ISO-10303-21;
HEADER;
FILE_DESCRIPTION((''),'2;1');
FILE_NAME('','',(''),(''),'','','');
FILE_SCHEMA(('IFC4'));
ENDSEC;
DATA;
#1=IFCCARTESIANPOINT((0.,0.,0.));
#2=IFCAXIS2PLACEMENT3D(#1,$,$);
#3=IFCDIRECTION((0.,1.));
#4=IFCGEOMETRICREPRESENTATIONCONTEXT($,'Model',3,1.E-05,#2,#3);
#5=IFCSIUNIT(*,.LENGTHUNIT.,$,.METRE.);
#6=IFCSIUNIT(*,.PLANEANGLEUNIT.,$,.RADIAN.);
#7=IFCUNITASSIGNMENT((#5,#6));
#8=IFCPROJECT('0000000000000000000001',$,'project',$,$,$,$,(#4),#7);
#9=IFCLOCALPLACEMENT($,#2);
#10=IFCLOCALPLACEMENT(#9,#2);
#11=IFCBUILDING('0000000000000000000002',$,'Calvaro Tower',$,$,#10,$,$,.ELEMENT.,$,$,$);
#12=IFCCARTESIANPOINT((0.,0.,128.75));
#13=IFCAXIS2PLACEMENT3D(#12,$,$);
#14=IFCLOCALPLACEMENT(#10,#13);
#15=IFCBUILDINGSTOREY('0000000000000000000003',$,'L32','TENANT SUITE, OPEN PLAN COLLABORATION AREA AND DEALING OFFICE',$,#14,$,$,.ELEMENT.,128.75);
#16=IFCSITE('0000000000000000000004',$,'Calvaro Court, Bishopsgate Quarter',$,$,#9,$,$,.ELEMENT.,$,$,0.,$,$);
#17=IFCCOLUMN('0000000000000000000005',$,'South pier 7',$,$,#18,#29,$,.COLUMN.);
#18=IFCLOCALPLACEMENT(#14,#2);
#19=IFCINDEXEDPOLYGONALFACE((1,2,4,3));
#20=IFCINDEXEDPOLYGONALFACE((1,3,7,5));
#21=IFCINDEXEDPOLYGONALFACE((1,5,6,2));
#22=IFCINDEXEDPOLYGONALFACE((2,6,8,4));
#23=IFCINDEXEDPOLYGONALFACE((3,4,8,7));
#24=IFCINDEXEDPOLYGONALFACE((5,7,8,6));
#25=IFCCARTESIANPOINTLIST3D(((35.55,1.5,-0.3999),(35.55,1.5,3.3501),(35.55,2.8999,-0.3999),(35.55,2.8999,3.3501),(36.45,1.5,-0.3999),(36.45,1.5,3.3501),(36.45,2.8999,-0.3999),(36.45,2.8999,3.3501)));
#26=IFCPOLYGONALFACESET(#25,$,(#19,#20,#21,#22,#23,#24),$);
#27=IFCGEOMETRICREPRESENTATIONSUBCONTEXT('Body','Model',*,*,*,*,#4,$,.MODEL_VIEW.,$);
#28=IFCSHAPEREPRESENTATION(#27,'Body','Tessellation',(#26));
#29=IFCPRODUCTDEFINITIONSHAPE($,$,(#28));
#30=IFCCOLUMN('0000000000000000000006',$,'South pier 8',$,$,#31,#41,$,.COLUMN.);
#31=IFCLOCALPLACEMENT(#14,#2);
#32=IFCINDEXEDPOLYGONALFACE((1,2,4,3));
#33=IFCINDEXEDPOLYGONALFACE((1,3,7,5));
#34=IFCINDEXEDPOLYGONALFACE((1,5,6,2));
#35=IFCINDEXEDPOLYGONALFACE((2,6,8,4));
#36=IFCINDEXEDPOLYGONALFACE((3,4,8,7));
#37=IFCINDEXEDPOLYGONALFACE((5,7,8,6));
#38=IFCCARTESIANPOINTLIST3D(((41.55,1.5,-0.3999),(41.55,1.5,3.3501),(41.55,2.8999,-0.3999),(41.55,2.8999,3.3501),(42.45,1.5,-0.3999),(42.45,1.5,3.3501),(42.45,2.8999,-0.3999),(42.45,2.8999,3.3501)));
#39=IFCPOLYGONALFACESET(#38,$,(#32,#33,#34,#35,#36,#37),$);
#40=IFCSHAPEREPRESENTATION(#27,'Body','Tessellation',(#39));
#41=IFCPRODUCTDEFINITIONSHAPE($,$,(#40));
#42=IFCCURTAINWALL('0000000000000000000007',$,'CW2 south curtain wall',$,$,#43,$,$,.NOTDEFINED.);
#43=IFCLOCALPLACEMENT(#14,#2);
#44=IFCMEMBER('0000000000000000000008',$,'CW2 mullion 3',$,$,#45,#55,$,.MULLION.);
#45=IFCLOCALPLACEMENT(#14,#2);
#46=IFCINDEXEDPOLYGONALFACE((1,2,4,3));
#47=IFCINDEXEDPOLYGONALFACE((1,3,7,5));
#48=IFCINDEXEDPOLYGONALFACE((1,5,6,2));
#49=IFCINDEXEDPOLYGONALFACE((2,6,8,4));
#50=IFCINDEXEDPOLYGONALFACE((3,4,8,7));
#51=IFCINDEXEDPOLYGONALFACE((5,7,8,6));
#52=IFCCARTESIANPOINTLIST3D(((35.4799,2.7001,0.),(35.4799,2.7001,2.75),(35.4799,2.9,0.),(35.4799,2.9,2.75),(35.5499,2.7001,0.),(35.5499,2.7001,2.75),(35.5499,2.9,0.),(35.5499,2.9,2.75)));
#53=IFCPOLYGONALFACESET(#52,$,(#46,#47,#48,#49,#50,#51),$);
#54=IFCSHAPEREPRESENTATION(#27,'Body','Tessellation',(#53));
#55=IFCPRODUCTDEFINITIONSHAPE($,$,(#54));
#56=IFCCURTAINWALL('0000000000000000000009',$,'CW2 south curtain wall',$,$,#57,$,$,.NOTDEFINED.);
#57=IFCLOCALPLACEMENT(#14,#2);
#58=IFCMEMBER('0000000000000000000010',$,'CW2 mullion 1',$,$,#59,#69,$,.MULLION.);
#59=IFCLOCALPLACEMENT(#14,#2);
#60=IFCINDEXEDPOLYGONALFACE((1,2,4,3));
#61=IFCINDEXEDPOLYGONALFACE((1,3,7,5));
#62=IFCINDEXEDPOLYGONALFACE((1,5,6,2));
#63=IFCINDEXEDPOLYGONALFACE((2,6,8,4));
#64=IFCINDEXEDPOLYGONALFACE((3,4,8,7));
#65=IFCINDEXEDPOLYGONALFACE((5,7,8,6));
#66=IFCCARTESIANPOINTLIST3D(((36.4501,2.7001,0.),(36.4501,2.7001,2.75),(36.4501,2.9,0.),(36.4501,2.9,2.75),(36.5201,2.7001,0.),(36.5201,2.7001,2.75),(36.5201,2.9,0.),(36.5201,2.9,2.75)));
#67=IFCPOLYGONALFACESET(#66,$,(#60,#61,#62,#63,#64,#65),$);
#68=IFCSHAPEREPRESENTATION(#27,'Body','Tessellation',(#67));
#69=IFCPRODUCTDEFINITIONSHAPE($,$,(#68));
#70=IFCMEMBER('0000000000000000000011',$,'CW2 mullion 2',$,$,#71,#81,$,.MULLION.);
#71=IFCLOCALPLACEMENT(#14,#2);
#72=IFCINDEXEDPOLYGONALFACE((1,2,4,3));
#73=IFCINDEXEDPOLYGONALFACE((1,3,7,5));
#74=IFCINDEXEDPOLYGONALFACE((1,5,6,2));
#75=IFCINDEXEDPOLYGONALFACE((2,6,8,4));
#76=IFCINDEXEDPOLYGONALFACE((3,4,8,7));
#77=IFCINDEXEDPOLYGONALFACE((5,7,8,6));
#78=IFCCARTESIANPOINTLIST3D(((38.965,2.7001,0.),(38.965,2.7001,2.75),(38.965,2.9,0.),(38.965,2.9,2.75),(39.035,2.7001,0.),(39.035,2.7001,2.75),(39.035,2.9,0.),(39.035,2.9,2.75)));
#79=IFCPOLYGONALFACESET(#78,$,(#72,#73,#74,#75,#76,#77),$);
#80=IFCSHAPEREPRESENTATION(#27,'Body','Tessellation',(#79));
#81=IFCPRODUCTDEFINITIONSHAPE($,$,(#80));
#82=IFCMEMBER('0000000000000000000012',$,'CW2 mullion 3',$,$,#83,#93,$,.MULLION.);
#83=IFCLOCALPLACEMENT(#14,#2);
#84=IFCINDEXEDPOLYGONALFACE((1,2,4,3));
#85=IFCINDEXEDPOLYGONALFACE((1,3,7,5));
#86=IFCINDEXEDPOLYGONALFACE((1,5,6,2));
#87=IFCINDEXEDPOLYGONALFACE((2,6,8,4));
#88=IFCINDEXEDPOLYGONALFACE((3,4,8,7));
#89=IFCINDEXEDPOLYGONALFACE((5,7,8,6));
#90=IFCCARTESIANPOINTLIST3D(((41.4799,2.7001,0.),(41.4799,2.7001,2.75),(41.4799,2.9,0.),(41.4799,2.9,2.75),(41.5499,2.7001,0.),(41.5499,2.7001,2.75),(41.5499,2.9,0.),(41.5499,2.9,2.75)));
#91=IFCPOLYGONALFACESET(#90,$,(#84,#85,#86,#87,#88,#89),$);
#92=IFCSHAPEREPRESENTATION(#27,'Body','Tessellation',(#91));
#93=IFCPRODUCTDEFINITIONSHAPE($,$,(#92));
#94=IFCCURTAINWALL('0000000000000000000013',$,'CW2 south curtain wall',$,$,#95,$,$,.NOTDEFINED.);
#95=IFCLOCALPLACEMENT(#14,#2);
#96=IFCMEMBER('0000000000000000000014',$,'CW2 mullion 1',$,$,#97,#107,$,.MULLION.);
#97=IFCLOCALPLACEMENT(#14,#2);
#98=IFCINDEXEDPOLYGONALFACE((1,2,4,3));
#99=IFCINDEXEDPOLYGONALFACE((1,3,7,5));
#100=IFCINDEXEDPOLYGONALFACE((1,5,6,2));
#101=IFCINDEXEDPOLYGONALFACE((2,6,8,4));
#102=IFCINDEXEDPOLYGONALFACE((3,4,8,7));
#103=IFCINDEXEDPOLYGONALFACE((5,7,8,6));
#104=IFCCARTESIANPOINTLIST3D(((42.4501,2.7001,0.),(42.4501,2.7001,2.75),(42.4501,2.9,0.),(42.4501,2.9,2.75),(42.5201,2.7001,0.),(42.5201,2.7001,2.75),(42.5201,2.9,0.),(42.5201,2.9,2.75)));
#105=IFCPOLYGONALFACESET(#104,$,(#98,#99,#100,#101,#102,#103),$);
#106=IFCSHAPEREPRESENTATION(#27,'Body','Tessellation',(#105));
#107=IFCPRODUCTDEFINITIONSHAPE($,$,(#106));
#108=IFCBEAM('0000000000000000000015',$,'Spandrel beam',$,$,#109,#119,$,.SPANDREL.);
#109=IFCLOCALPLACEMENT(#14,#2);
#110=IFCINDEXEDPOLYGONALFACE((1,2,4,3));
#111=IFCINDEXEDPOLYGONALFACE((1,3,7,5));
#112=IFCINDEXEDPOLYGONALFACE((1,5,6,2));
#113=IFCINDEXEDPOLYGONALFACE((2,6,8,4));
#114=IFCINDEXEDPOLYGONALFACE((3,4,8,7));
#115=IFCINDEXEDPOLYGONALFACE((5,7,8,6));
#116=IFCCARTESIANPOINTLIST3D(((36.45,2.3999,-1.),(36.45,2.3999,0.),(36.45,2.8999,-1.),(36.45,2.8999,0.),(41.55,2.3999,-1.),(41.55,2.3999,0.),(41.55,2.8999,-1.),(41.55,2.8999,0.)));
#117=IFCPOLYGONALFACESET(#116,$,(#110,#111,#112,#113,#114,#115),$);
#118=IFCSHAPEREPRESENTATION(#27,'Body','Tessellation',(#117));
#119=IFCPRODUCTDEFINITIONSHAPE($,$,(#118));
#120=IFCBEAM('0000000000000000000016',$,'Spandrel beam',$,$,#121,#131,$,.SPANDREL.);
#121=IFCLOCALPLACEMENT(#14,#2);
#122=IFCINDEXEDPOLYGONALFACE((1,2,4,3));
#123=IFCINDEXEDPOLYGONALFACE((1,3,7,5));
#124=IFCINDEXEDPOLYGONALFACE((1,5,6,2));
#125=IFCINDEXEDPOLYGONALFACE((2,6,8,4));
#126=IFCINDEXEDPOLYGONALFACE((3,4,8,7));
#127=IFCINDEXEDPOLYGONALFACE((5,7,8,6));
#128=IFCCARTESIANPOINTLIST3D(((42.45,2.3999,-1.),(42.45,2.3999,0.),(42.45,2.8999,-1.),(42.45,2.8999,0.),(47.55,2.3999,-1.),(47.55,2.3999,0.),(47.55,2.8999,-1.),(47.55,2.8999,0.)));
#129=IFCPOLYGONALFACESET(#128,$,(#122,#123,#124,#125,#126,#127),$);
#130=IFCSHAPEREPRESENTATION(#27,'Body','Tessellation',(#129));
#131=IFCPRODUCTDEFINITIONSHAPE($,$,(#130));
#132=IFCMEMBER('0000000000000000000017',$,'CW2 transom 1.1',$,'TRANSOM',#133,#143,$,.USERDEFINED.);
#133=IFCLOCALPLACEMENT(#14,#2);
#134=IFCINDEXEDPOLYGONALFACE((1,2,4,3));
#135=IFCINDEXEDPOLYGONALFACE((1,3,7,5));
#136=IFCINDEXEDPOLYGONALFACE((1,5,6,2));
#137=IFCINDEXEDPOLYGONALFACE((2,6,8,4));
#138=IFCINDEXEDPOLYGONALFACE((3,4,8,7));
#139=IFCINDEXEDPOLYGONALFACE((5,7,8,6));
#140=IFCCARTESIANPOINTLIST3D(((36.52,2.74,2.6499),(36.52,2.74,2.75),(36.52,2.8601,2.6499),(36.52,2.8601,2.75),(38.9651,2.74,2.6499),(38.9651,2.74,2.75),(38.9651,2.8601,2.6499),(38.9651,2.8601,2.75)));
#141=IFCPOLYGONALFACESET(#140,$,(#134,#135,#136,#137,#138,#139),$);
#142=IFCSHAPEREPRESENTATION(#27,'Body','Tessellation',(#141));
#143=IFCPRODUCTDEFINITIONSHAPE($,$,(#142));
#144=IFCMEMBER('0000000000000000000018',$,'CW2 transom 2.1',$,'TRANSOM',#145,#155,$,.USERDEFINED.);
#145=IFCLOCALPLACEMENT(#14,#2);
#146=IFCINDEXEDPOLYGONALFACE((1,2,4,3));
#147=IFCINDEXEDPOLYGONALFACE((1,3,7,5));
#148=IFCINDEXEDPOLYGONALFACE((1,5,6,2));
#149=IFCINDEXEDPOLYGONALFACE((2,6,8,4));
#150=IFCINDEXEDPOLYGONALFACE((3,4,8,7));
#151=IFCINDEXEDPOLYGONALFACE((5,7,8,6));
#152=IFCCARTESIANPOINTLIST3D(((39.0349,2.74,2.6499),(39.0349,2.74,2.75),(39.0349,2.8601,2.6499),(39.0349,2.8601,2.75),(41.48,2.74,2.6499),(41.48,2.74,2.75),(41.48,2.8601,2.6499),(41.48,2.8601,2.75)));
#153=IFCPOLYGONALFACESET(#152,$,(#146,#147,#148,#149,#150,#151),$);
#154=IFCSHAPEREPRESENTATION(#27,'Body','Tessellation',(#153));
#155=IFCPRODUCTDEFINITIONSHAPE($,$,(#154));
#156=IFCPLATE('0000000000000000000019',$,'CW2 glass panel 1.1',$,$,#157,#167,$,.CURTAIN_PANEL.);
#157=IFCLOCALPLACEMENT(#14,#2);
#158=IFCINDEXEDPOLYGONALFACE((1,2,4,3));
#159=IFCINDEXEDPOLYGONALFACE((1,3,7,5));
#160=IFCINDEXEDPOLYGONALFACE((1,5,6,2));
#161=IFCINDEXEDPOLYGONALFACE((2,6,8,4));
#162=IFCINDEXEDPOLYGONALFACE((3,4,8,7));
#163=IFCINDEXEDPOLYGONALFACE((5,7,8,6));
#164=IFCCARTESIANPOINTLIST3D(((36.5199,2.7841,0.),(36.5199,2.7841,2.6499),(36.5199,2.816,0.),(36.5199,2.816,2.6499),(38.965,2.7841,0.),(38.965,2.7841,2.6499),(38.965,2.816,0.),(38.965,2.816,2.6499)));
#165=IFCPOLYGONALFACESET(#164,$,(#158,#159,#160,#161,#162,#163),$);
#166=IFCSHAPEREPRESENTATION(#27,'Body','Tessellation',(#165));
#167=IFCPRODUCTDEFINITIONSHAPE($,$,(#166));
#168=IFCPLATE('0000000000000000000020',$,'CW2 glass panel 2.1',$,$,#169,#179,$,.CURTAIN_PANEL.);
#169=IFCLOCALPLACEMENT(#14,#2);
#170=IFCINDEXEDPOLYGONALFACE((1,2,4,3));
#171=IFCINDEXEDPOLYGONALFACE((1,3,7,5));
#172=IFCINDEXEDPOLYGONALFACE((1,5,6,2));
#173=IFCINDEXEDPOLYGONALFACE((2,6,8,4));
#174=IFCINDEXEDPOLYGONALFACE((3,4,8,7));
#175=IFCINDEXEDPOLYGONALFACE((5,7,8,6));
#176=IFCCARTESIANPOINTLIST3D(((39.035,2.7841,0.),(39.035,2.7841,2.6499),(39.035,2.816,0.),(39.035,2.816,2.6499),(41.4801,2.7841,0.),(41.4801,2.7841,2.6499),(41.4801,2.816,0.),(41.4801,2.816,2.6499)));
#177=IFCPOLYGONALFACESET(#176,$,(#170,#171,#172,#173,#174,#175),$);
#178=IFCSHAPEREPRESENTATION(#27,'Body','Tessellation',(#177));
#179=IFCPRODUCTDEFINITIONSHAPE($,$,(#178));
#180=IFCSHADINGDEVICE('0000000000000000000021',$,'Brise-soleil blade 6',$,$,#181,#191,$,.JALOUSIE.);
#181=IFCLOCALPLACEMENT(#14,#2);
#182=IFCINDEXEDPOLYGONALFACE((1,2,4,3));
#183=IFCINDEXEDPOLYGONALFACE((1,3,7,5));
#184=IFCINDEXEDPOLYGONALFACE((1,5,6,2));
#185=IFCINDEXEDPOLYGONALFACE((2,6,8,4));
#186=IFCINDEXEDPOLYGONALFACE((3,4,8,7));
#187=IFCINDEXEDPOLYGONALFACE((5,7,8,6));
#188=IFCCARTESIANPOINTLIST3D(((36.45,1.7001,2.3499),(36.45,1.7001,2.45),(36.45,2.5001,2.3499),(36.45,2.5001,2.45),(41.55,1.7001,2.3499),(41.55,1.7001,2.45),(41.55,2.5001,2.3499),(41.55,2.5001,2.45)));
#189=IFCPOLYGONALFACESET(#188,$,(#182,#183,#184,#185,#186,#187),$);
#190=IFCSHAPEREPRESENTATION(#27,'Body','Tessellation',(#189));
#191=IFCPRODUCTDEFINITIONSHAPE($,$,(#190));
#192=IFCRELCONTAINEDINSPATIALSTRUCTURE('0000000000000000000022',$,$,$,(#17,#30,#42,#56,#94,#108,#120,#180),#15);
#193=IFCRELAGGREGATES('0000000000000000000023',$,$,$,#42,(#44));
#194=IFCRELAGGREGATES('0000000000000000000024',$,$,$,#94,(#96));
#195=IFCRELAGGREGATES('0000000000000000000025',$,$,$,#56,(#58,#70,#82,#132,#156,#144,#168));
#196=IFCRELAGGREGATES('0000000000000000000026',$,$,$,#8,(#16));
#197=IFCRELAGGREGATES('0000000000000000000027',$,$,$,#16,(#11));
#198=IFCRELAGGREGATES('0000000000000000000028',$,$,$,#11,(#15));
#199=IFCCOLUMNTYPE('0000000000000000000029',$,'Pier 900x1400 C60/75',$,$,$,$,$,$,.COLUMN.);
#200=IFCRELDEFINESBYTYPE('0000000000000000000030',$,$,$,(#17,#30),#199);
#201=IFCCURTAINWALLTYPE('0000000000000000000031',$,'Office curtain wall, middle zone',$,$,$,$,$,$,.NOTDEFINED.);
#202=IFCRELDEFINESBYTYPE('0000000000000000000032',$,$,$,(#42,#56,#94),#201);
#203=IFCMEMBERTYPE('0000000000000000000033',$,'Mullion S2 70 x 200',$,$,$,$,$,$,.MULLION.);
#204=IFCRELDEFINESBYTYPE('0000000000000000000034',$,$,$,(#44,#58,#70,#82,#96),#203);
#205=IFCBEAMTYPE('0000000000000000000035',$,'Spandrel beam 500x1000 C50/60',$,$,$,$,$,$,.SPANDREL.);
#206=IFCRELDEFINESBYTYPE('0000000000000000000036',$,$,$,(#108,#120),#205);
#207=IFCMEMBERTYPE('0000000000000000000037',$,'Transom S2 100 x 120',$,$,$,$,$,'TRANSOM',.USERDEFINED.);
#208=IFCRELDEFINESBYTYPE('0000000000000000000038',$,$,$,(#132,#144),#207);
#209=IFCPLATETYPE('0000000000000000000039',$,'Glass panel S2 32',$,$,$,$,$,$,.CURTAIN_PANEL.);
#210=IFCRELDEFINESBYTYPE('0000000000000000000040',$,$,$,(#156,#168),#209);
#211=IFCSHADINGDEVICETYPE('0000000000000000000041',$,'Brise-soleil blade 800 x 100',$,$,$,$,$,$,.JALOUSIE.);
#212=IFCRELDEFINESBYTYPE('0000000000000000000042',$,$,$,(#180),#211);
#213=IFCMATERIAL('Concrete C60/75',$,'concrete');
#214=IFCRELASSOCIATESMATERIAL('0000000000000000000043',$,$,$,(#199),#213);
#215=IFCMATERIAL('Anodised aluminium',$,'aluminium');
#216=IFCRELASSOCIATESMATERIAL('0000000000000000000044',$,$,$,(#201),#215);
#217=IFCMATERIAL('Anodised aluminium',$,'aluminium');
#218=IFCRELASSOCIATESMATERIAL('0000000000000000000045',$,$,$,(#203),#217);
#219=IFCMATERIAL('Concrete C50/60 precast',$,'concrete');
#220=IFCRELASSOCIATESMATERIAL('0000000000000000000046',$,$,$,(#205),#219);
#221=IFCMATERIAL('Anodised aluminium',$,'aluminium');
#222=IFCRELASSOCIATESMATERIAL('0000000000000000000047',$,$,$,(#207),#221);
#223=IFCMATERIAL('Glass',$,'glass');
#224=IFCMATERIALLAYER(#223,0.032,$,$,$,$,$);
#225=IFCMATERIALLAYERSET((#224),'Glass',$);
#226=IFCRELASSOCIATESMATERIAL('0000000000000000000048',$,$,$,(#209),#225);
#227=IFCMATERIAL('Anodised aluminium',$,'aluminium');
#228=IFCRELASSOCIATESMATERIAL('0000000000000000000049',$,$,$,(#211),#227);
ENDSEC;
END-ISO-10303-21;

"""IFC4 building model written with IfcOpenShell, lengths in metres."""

from ifc_helpers import new_model, si_unit, direction, frame, origin, origin_2d, place, context, subcontext, project, spatial, rectangle, extrude, material, layer, layer_set, material_profile, profile_set, type_object, element, aggregate, save


model = new_model("IFC4")

# Units and contexts
model_context = context("Model", 3, precision=1e-05, world=origin(), true_north=direction((0.0, 1.0)))
body_context = subcontext(model_context, "Body", "Model", "MODEL_VIEW")
ifc_project = project(units=[si_unit("LENGTHUNIT", "METRE"), si_unit("PLANEANGLEUNIT", "RADIAN")], contexts=[model_context])

# Site, building, storey
site_placement = place(None, origin())
site = spatial("IfcSite", under=ifc_project, at=site_placement, Name="Calvaro Court, Bishopsgate Quarter", CompositionType="ELEMENT", RefElevation=0.0)
building_placement = place(site_placement, origin())
building = spatial("IfcBuilding", under=site, at=building_placement, Name="Calvaro Tower", CompositionType="ELEMENT")
storey_placement = place(building_placement, frame((0.0, 0.0, 128.75)))
storey = spatial("IfcBuildingStorey", under=building, at=storey_placement, Name="L32", Description="TENANT SUITE, OPEN PLAN COLLABORATION AREA AND DEALING OFFICE", CompositionType="ELEMENT", Elevation=128.75)

# Columns
ifc_material_1 = material(Name="Concrete C60/75", Category="concrete")
ifc_material_profile_1 = material_profile(ifc_material_1, rectangle(XDim=0.8999, YDim=1.3999, at=origin_2d()), Name="RC 900x1400")
ifc_profile_set_1 = profile_set([ifc_material_profile_1], Name="Concrete C60/75")
column_type = type_object("IfcColumnType", Name="Pier 900x1400 C60/75", PredefinedType="COLUMN", material=ifc_profile_set_1)
for number, where, z_axis, x_axis, name in (
    (1, (36.0, 2.2, -0.3999), (0.0, 0.0, 1.0), (1.0, 0.0, 0.0), "South pier 7"),
    (2, (42.0, 2.2, -0.3999), (0.0, 0.0, 1.0), (1.0, 0.0, 0.0), "South pier 8"),
):
    element("IfcColumn", number, at=place(storey_placement, frame(where, z_axis=z_axis, x_axis=x_axis)), inside=storey, type_object=column_type, Name=name, PredefinedType="COLUMN", context=body_context, shape_type="SweptSolid", body=[
        extrude(rectangle(XDim=0.8999, YDim=1.3999, at=origin_2d()), origin(), (0.0, 0.0, 1.0), 3.75),
    ])

# Curtain wall, member
ifc_material_2 = material(Name="Anodised aluminium", Category="aluminium")
curtain_wall_type = type_object("IfcCurtainWallType", Name="Office curtain wall, middle zone", PredefinedType="NOTDEFINED", material=ifc_material_2)
curtain_wall_1_placement = place(storey_placement, origin())
curtain_wall_1 = element("IfcCurtainWall", 3, at=curtain_wall_1_placement, inside=storey, type_object=curtain_wall_type, Name="CW2 south curtain wall", PredefinedType="NOTDEFINED")
ifc_material_3 = material(Name="Anodised aluminium", Category="aluminium")
ifc_material_profile_2 = material_profile(ifc_material_3, rectangle(XDim=0.2, YDim=0.0701, at=origin_2d()), Name="Mullion S2 70 x 200")
ifc_profile_set_2 = profile_set([ifc_material_profile_2], Name="Anodised aluminium")
member_type_1 = type_object("IfcMemberType", Name="Mullion S2 70 x 200", PredefinedType="MULLION", material=ifc_profile_set_2)
member_1_placement = place(storey_placement, frame((35.5149, 2.8, 0.0), z_axis=(0.0, 0.0, 1.0), x_axis=(0.0, 1.0, 0.0)))
member_1 = element("IfcMember", 4, at=member_1_placement, type_object=member_type_1, Name="CW2 mullion 3", PredefinedType="MULLION", context=body_context, shape_type="SweptSolid", body=[
    extrude(rectangle(XDim=0.2, YDim=0.0701, at=origin_2d()), origin(), (0.0, 0.0, 1.0), 2.75),
])
aggregate(curtain_wall_1, [member_1])

# Curtain wall, members
curtain_wall_2_placement = place(storey_placement, origin())
curtain_wall_2 = element("IfcCurtainWall", 5, at=curtain_wall_2_placement, inside=storey, type_object=curtain_wall_type, Name="CW2 south curtain wall", PredefinedType="NOTDEFINED")
member_2_placement = place(storey_placement, frame((36.4851, 2.8, 0.0), z_axis=(0.0, 0.0, 1.0), x_axis=(0.0, 1.0, 0.0)))
member_2 = element("IfcMember", 6, at=member_2_placement, type_object=member_type_1, Name="CW2 mullion 1", PredefinedType="MULLION", context=body_context, shape_type="SweptSolid", body=[
    extrude(rectangle(XDim=0.2, YDim=0.0701, at=origin_2d()), origin(), (0.0, 0.0, 1.0), 2.75),
])
member_3_placement = place(storey_placement, frame((39.0, 2.8, 0.0), z_axis=(0.0, 0.0, 1.0), x_axis=(0.0, 1.0, 0.0)))
member_3 = element("IfcMember", 7, at=member_3_placement, type_object=member_type_1, Name="CW2 mullion 2", PredefinedType="MULLION", context=body_context, shape_type="SweptSolid", body=[
    extrude(rectangle(XDim=0.2, YDim=0.0701, at=origin_2d()), origin(), (0.0, 0.0, 1.0), 2.75),
])
member_4_placement = place(storey_placement, frame((41.5149, 2.8, 0.0), z_axis=(0.0, 0.0, 1.0), x_axis=(0.0, 1.0, 0.0)))
member_4 = element("IfcMember", 8, at=member_4_placement, type_object=member_type_1, Name="CW2 mullion 3", PredefinedType="MULLION", context=body_context, shape_type="SweptSolid", body=[
    extrude(rectangle(XDim=0.2, YDim=0.0701, at=origin_2d()), origin(), (0.0, 0.0, 1.0), 2.75),
])

# Curtain wall, member
curtain_wall_3_placement = place(storey_placement, origin())
curtain_wall_3 = element("IfcCurtainWall", 9, at=curtain_wall_3_placement, inside=storey, type_object=curtain_wall_type, Name="CW2 south curtain wall", PredefinedType="NOTDEFINED")
member_5_placement = place(storey_placement, frame((42.4851, 2.8, 0.0), z_axis=(0.0, 0.0, 1.0), x_axis=(0.0, 1.0, 0.0)))
member_5 = element("IfcMember", 10, at=member_5_placement, type_object=member_type_1, Name="CW2 mullion 1", PredefinedType="MULLION", context=body_context, shape_type="SweptSolid", body=[
    extrude(rectangle(XDim=0.2, YDim=0.0701, at=origin_2d()), origin(), (0.0, 0.0, 1.0), 2.75),
])
aggregate(curtain_wall_3, [member_5])

# Beams
ifc_material_4 = material(Name="Concrete C50/60 precast", Category="concrete")
ifc_material_profile_3 = material_profile(ifc_material_4, rectangle(XDim=0.5, YDim=1.0, at=origin_2d()), Name="RC 500x1000")
ifc_profile_set_3 = profile_set([ifc_material_profile_3], Name="Concrete C50/60 precast")
beam_type = type_object("IfcBeamType", Name="Spandrel beam 500x1000 C50/60", PredefinedType="SPANDREL", material=ifc_profile_set_3)
for number, where, z_axis, x_axis, name in (
    (11, (36.45, 2.6499, -0.5), (1.0, 0.0, 0.0), (0.0, 1.0, 0.0), "Spandrel beam"),
    (12, (42.45, 2.6499, -0.5), (1.0, 0.0, 0.0), (0.0, 1.0, 0.0), "Spandrel beam"),
):
    element("IfcBeam", number, at=place(storey_placement, frame(where, z_axis=z_axis, x_axis=x_axis)), inside=storey, type_object=beam_type, Name=name, PredefinedType="SPANDREL", context=body_context, shape_type="SweptSolid", body=[
        extrude(rectangle(XDim=0.5, YDim=1.0, at=origin_2d()), origin(), (0.0, 0.0, 1.0), 5.1001),
    ])

# Members
ifc_material_5 = material(Name="Anodised aluminium", Category="aluminium")
ifc_material_profile_4 = material_profile(ifc_material_5, rectangle(XDim=0.1201, YDim=0.1001, at=origin_2d()), Name="Transom S2 100 x 120")
ifc_profile_set_4 = profile_set([ifc_material_profile_4], Name="Anodised aluminium")
member_type_2 = type_object("IfcMemberType", Name="Transom S2 100 x 120", ElementType="TRANSOM", PredefinedType="USERDEFINED", material=ifc_profile_set_4)
member_6_placement = place(storey_placement, frame((36.52, 2.8, 2.7), z_axis=(1.0, 0.0, 0.0), x_axis=(0.0, 1.0, 0.0)))
member_6 = element("IfcMember", 13, at=member_6_placement, type_object=member_type_2, Name="CW2 transom 1.1", ObjectType="TRANSOM", PredefinedType="USERDEFINED", context=body_context, shape_type="SweptSolid", body=[
    extrude(rectangle(XDim=0.1201, YDim=0.1001, at=origin_2d()), origin(), (0.0, 0.0, 1.0), 2.4451),
])
member_7_placement = place(storey_placement, frame((39.0349, 2.8, 2.7), z_axis=(1.0, 0.0, 0.0), x_axis=(0.0, 1.0, 0.0)))
member_7 = element("IfcMember", 14, at=member_7_placement, type_object=member_type_2, Name="CW2 transom 2.1", ObjectType="TRANSOM", PredefinedType="USERDEFINED", context=body_context, shape_type="SweptSolid", body=[
    extrude(rectangle(XDim=0.1201, YDim=0.1001, at=origin_2d()), origin(), (0.0, 0.0, 1.0), 2.4451),
])

# Plates
ifc_material_6 = material(Name="Glass", Category="glass")
ifc_layer = layer(ifc_material_6, 0.032)
ifc_layer_set = layer_set([ifc_layer], Name="Glass")
plate_type = type_object("IfcPlateType", Name="Glass panel S2 32", PredefinedType="CURTAIN_PANEL", material=ifc_layer_set)
plate_1_placement = place(storey_placement, frame((37.7424, 2.8, 0.0), z_axis=(0.0, 0.0, 1.0), x_axis=(1.0, 0.0, 0.0)))
plate_1 = element("IfcPlate", 15, at=plate_1_placement, type_object=plate_type, Name="CW2 glass panel 1.1", PredefinedType="CURTAIN_PANEL", context=body_context, shape_type="SweptSolid", body=[
    extrude(rectangle(XDim=2.4451, YDim=0.032, at=origin_2d()), origin(), (0.0, 0.0, 1.0), 2.6499),
])
plate_2_placement = place(storey_placement, frame((40.2576, 2.8, 0.0), z_axis=(0.0, 0.0, 1.0), x_axis=(1.0, 0.0, 0.0)))
plate_2 = element("IfcPlate", 16, at=plate_2_placement, type_object=plate_type, Name="CW2 glass panel 2.1", PredefinedType="CURTAIN_PANEL", context=body_context, shape_type="SweptSolid", body=[
    extrude(rectangle(XDim=2.4451, YDim=0.032, at=origin_2d()), origin(), (0.0, 0.0, 1.0), 2.6499),
])
aggregate(curtain_wall_2, [member_2, member_3, member_4, member_6, plate_1, member_7, plate_2])

# Shading device
ifc_material_7 = material(Name="Anodised aluminium", Category="aluminium")
ifc_material_profile_5 = material_profile(ifc_material_7, rectangle(XDim=0.8, YDim=0.1001, at=origin_2d()), Name="Brise-soleil blade 800 x 100")
ifc_profile_set_5 = profile_set([ifc_material_profile_5], Name="Anodised aluminium")
shading_device_type = type_object("IfcShadingDeviceType", Name="Brise-soleil blade 800 x 100", PredefinedType="JALOUSIE", material=ifc_profile_set_5)
for number, where, z_axis, x_axis, name in (
    (17, (36.45, 2.1001, 2.3999), (1.0, 0.0, 0.0), (0.0, 1.0, 0.0), "Brise-soleil blade 6"),
):
    element("IfcShadingDevice", number, at=place(storey_placement, frame(where, z_axis=z_axis, x_axis=x_axis)), inside=storey, type_object=shading_device_type, Name=name, PredefinedType="JALOUSIE", context=body_context, shape_type="SweptSolid", body=[
        extrude(rectangle(XDim=0.8, YDim=0.1001, at=origin_2d()), origin(), (0.0, 0.0, 1.0), 5.1001),
    ])

save(model, "model.ifc")
